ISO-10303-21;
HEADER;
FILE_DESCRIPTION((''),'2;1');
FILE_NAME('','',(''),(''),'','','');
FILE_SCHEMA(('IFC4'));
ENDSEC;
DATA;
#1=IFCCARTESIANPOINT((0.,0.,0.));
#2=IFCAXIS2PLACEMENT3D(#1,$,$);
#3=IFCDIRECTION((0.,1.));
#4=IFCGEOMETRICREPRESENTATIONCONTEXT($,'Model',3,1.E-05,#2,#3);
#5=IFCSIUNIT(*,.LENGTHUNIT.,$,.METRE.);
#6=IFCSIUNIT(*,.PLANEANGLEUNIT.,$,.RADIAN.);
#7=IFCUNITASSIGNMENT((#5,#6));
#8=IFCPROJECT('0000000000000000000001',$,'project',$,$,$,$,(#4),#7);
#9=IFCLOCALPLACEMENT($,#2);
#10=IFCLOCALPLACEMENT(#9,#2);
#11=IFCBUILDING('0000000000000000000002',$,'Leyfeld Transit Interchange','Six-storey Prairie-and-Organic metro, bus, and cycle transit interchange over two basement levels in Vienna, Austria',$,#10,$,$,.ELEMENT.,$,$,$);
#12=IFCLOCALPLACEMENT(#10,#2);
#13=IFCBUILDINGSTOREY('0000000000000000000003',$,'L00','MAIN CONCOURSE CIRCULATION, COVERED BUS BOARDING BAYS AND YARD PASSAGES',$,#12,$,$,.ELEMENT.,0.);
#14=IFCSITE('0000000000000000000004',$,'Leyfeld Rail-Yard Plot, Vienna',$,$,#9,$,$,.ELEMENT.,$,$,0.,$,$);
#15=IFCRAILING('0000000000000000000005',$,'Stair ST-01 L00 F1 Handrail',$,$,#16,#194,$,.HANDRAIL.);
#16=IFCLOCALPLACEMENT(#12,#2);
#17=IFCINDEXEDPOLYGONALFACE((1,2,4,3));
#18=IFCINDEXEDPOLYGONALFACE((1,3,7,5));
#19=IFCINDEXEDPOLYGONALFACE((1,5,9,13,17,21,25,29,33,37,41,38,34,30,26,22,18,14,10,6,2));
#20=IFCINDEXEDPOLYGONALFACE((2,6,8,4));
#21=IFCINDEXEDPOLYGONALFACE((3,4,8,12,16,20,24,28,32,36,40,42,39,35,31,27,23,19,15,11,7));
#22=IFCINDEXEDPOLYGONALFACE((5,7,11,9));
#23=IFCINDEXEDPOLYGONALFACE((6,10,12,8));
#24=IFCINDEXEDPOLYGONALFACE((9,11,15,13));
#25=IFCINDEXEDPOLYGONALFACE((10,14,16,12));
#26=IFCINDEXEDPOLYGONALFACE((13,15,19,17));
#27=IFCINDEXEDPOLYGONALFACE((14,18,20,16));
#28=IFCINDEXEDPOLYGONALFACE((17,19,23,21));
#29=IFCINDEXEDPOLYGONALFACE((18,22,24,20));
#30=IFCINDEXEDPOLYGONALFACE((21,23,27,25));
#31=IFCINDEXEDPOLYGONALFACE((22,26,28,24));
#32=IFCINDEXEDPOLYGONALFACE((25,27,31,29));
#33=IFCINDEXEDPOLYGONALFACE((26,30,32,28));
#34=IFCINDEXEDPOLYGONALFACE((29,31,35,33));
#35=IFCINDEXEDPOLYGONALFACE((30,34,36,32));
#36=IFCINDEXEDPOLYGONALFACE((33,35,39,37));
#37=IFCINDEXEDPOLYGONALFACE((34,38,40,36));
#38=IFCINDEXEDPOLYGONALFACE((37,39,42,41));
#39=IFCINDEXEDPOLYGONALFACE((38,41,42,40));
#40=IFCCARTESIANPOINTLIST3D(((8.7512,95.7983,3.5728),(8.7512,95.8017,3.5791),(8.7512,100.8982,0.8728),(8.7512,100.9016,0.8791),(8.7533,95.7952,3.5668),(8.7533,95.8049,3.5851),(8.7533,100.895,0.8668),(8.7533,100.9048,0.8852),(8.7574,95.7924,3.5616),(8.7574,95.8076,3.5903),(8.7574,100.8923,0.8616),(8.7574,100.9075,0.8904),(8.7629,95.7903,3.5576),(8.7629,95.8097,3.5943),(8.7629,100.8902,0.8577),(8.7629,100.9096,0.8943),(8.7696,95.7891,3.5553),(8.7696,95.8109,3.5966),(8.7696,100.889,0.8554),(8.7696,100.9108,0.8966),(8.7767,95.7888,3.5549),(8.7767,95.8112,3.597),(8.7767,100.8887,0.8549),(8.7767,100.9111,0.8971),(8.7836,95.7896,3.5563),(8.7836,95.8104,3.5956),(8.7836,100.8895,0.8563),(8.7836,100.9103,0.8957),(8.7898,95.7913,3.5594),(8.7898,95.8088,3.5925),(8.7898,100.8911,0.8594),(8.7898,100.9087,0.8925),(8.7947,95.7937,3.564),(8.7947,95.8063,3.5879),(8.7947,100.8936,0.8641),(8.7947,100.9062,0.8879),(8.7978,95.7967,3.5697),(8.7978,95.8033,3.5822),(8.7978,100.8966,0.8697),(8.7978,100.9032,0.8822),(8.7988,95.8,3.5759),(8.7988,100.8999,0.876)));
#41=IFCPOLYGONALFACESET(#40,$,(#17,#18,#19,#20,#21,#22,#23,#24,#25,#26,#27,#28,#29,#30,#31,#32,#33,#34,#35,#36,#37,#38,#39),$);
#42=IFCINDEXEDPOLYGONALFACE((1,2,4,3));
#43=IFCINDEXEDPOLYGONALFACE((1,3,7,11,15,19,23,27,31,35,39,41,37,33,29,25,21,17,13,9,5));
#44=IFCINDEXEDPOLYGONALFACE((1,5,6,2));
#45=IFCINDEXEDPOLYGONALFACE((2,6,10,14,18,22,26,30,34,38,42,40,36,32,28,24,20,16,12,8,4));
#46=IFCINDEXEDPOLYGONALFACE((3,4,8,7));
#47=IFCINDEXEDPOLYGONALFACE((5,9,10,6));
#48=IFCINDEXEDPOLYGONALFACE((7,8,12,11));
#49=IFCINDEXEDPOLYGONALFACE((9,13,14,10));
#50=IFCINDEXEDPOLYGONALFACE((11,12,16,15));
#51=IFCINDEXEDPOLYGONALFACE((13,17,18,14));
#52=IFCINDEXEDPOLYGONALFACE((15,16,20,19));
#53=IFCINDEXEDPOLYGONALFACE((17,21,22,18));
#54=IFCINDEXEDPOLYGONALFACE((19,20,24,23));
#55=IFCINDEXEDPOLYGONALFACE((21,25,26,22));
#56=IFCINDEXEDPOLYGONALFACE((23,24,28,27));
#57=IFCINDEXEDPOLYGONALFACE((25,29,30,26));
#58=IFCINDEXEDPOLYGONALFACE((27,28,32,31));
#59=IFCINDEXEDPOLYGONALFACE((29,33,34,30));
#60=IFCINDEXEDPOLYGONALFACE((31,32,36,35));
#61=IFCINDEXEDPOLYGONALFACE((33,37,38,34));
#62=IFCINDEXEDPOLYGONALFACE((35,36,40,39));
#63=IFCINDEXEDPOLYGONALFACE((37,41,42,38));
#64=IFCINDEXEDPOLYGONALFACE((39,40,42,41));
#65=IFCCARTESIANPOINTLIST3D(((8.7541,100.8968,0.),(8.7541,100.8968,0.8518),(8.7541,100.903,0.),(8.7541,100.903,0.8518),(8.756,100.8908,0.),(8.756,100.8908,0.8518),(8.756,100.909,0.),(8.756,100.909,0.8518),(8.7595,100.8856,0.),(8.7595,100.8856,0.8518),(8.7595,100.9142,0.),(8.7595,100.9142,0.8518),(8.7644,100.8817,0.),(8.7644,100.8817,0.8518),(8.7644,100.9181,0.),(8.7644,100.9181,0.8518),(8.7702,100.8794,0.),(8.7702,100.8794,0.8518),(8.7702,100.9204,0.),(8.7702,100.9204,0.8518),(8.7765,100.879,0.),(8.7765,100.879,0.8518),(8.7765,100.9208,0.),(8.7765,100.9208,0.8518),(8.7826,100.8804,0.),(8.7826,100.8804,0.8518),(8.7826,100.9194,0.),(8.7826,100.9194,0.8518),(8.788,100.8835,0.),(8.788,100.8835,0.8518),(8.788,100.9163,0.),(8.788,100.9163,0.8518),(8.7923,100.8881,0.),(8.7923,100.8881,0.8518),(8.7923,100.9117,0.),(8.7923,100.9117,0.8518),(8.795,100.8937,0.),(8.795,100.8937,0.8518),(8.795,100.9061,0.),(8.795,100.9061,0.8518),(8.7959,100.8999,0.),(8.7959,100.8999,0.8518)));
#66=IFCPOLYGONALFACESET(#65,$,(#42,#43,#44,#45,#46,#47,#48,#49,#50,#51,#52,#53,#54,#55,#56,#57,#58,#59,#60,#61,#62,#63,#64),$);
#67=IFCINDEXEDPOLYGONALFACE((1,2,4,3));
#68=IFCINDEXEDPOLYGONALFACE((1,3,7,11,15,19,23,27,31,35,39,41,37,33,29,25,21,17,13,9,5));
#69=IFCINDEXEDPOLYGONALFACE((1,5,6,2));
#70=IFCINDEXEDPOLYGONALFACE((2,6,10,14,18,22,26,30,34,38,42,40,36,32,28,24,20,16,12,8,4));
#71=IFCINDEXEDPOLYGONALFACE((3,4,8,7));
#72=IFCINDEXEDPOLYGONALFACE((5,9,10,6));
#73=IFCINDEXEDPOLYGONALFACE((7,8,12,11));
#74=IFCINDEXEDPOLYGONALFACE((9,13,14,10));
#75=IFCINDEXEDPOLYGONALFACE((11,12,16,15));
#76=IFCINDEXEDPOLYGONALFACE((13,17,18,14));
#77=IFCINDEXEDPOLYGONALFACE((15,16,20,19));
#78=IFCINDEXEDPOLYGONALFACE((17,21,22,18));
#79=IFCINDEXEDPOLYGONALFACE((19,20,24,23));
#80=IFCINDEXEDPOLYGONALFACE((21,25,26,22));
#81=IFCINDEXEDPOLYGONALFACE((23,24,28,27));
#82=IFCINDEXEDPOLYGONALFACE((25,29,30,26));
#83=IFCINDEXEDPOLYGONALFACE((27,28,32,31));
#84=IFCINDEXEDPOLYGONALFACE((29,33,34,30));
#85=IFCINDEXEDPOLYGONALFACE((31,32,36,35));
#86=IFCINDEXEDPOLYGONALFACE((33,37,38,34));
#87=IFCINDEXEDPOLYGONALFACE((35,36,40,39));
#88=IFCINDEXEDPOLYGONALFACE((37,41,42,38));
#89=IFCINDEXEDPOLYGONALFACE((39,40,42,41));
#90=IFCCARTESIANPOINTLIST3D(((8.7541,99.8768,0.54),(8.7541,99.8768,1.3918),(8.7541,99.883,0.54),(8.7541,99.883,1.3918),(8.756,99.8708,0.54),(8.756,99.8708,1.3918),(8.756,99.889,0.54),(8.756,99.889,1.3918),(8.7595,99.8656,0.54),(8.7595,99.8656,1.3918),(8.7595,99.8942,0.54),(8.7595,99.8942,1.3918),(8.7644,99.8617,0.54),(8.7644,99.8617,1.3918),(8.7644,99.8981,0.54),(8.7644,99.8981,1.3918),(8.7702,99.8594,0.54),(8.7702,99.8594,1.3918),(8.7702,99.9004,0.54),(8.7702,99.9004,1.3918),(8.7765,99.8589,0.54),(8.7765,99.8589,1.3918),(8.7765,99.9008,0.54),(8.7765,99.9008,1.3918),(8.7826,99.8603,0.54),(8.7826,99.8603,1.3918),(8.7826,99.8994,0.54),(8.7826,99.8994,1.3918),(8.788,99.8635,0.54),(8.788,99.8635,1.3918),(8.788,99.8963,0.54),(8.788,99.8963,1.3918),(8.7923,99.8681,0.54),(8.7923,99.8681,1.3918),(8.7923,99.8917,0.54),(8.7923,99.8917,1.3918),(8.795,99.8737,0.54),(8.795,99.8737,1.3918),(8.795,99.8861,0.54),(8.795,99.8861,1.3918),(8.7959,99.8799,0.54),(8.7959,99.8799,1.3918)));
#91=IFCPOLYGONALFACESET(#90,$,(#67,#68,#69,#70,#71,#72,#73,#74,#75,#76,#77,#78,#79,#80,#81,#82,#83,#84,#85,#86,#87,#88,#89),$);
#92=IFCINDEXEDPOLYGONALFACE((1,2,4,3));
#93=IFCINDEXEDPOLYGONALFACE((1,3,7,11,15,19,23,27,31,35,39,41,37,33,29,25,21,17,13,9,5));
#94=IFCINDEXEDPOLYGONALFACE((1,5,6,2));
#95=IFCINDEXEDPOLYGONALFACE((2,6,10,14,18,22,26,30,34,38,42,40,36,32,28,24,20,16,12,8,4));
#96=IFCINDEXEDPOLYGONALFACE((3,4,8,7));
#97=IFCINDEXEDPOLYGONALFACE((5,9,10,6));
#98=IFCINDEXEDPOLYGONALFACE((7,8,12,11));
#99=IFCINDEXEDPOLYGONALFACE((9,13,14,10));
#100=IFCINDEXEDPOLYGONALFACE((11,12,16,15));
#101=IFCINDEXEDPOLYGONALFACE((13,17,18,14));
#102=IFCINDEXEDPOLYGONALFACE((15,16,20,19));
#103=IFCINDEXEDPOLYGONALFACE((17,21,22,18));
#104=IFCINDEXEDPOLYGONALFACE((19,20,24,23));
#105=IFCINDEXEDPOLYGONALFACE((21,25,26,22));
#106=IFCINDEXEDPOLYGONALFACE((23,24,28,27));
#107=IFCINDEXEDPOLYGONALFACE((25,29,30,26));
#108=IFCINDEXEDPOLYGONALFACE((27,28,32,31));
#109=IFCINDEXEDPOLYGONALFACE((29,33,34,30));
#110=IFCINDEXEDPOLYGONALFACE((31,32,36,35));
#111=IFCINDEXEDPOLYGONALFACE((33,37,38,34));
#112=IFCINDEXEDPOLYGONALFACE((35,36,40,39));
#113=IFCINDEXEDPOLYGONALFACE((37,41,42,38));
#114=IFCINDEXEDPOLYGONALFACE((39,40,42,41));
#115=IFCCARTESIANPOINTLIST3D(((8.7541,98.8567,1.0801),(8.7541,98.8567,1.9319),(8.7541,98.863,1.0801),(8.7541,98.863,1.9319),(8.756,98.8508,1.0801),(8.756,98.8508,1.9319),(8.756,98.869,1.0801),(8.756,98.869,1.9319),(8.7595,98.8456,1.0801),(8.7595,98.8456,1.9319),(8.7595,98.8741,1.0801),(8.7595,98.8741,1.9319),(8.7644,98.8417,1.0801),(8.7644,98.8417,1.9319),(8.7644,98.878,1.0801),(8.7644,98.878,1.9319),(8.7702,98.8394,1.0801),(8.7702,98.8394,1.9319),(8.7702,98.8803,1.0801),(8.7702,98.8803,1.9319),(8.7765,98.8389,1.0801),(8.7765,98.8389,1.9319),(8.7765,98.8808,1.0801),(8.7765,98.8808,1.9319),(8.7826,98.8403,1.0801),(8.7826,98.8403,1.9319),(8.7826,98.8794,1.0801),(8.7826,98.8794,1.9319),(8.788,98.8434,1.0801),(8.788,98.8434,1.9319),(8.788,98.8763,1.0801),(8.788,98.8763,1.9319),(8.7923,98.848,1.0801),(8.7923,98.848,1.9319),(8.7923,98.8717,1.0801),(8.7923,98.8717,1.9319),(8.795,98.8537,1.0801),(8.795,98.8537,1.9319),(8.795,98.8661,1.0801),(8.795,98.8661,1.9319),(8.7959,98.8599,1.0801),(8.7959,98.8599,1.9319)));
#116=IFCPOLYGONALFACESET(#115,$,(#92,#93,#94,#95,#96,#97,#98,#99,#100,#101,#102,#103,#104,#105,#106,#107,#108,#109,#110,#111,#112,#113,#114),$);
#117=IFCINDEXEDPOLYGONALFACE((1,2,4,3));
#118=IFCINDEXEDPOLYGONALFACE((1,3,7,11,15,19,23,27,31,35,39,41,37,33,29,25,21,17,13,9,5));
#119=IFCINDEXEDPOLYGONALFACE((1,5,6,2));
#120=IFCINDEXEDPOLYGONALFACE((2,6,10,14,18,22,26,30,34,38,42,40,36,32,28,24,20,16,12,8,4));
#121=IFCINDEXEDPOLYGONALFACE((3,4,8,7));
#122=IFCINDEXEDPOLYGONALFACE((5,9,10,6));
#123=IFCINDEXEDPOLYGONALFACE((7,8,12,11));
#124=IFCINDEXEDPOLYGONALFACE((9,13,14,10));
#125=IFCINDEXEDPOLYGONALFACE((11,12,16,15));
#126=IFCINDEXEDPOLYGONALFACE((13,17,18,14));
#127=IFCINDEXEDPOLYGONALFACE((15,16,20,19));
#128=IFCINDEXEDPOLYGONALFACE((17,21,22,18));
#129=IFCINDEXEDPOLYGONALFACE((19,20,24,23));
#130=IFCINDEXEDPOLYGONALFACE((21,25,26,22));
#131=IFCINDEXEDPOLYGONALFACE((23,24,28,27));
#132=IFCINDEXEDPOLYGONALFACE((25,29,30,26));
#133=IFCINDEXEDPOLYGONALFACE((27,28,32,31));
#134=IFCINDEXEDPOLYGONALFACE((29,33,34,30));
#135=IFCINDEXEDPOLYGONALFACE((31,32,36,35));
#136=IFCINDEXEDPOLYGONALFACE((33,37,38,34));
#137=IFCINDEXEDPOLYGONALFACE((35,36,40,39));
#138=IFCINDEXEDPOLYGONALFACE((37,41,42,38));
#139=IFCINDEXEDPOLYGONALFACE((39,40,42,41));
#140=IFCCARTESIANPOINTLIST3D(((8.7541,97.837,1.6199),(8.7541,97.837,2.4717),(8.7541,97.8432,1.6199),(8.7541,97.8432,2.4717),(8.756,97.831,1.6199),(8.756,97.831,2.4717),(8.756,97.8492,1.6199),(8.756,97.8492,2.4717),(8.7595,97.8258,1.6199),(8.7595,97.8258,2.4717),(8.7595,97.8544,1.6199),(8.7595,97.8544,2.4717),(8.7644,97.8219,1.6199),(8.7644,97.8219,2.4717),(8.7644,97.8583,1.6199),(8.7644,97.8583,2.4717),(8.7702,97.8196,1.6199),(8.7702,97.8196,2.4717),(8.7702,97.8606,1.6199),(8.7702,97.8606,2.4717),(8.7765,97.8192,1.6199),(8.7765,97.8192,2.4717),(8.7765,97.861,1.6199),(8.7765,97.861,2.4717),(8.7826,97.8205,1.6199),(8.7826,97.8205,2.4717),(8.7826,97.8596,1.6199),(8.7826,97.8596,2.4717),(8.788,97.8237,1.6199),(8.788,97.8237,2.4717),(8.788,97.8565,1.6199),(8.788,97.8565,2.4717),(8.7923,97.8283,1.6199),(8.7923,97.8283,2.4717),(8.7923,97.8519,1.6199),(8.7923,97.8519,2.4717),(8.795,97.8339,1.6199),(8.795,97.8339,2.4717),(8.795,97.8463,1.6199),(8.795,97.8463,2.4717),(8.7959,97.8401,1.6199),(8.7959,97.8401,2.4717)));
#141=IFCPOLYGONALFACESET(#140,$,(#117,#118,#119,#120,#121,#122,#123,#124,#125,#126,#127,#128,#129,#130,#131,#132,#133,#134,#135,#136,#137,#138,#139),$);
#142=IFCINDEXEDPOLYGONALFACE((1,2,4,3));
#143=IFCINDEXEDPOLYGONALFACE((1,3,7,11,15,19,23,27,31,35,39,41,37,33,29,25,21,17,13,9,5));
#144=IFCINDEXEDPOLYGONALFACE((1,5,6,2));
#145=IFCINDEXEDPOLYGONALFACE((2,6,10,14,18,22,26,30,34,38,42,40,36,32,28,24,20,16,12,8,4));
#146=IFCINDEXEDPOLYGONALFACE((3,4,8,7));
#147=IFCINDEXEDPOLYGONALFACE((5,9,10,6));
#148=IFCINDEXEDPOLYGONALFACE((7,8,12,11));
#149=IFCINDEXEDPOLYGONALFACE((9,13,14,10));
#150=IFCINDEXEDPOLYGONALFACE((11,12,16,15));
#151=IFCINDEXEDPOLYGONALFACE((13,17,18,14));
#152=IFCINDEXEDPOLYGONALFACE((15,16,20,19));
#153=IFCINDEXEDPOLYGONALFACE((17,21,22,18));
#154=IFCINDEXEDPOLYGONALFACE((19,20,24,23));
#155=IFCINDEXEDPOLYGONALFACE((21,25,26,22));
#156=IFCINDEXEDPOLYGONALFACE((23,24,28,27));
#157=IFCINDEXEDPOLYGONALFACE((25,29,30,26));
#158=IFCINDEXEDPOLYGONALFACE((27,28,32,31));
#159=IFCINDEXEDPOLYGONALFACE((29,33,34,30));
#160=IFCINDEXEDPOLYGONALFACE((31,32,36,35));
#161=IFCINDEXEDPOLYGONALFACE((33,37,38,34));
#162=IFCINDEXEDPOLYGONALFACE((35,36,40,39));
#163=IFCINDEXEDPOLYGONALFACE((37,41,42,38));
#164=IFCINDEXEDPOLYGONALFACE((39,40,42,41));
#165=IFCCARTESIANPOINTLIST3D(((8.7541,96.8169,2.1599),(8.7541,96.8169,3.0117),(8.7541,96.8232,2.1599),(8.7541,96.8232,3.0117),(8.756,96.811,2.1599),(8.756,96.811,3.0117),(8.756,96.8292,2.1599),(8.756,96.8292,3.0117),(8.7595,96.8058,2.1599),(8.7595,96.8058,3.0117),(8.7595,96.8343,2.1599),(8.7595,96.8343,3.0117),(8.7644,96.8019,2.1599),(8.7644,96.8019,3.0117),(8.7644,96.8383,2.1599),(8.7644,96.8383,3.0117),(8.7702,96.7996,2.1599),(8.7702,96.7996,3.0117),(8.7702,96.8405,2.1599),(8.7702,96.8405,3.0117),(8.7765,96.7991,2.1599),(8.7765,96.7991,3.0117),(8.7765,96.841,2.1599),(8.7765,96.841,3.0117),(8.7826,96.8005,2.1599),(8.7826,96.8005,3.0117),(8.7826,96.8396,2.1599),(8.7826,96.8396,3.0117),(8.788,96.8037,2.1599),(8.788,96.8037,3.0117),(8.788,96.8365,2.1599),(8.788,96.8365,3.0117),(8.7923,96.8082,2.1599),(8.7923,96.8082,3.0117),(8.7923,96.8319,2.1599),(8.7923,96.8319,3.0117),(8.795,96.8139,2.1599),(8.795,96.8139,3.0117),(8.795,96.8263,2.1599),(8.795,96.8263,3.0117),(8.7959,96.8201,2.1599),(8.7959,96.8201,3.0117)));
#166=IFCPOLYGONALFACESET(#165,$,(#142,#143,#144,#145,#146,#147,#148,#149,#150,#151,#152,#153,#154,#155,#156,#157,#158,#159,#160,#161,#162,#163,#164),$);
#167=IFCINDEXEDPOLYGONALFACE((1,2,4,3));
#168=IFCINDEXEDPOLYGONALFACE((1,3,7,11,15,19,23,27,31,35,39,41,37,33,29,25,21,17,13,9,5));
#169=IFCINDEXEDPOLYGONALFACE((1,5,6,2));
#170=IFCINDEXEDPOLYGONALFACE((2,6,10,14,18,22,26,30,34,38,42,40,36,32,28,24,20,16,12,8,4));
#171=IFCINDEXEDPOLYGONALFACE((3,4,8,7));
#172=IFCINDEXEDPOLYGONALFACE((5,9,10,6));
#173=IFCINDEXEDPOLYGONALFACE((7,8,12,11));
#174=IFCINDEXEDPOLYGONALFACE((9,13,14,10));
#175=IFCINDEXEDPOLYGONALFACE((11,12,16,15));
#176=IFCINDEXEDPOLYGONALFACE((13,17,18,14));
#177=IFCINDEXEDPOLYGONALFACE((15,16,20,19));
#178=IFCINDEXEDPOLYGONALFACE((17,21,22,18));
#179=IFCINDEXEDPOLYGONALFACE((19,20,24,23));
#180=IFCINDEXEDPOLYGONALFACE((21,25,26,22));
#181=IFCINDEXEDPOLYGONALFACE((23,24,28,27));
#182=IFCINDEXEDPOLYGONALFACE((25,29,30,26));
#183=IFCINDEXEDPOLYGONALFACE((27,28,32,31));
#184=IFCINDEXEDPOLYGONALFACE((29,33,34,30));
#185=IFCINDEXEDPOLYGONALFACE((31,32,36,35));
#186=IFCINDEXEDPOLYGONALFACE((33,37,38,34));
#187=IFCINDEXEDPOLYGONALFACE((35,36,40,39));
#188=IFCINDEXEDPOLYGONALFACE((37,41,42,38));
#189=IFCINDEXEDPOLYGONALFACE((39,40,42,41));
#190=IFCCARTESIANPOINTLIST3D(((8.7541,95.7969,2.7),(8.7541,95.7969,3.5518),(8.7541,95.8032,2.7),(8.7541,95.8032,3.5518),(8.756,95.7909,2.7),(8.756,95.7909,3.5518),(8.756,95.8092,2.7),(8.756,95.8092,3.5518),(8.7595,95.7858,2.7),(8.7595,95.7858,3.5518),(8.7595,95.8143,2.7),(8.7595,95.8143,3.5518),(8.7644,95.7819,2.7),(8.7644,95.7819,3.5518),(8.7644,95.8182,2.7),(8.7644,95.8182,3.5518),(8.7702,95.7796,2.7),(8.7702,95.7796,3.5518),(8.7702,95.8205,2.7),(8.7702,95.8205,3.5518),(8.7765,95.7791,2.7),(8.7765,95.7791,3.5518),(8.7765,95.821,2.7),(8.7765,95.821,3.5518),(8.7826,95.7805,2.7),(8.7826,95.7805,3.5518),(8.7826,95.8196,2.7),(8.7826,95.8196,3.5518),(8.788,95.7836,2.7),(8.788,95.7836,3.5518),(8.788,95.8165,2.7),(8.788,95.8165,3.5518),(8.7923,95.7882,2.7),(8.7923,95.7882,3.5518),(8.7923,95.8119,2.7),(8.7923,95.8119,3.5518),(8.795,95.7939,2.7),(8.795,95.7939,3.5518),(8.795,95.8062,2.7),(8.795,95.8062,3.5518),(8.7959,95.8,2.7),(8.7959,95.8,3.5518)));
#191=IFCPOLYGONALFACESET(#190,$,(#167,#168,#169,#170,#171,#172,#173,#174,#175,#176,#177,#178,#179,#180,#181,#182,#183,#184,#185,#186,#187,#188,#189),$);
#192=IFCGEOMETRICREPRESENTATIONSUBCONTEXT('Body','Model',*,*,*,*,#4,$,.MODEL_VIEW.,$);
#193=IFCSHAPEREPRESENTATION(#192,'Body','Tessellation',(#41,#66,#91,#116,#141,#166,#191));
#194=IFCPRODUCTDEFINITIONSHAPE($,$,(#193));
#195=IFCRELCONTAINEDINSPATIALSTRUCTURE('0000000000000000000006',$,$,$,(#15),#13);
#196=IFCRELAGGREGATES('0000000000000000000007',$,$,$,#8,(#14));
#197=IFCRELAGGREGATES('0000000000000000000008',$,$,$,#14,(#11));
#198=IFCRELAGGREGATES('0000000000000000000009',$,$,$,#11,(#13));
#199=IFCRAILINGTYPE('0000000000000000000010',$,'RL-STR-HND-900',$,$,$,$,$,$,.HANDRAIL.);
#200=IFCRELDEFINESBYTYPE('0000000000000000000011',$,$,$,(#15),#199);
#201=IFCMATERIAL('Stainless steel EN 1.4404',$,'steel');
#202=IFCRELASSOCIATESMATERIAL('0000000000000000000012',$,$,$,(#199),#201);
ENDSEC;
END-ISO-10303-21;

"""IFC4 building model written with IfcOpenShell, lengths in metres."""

from ifc_helpers import new_model, si_unit, direction, frame, origin, origin_2d, place, context, subcontext, project, spatial, circle, extrude, material, type_object, element, save


model = new_model("IFC4")

# Units and contexts
model_context = context("Model", 3, precision=1e-05, world=origin(), true_north=direction((0.0, 1.0)))
body_context = subcontext(model_context, "Body", "Model", "MODEL_VIEW")
ifc_project = project(units=[si_unit("LENGTHUNIT", "METRE"), si_unit("PLANEANGLEUNIT", "RADIAN")], contexts=[model_context])

# Site, building, storey
site_placement = place(None, origin())
site = spatial("IfcSite", under=ifc_project, at=site_placement, Name="Leyfeld Rail-Yard Plot, Vienna", CompositionType="ELEMENT", RefElevation=0.0)
building_placement = place(site_placement, origin())
building = spatial("IfcBuilding", under=site, at=building_placement, Name="Leyfeld Transit Interchange", Description="Six-storey Prairie-and-Organic metro, bus, and cycle transit interchange over two basement levels in Vienna, Austria", CompositionType="ELEMENT")
storey_placement = place(building_placement, origin())
storey = spatial("IfcBuildingStorey", under=building, at=storey_placement, Name="L00", Description="MAIN CONCOURSE CIRCULATION, COVERED BUS BOARDING BAYS AND YARD PASSAGES", CompositionType="ELEMENT", Elevation=0.0)

# Shared definitions
ifc_material_1 = material(Name="Stainless steel EN 1.4404", Category="steel")

# Railing
railing_type_1 = type_object("IfcRailingType", Name="RL-STR-HND-900", PredefinedType="HANDRAIL", material=ifc_material_1)
railing_1_placement = place(storey_placement, frame((8.7749, 100.8999, 0.0)))
element("IfcRailing", 1, at=railing_1_placement, inside=storey, type_object=railing_type_1, Name="Stair ST-01 L00 F1 Handrail", PredefinedType="HANDRAIL", context=body_context, shape_type="SweptSolid", body=[
    extrude(circle(Radius=0.0239, at=origin_2d()), frame((0.0, 0.0, 0.876), z_axis=(0.0, -0.883786, 0.467892), x_axis=(1.0, 0.0, 0.0)), (0.0, 0.0, 1.0), 5.7705),
    extrude(circle(Radius=0.021, at=origin_2d()), origin(), (0.0, 0.0, 1.0), 0.8518),
    extrude(circle(Radius=0.021, at=origin_2d()), frame((0.0, -1.02, 0.54)), (0.0, 0.0, 1.0), 0.8518),
    extrude(circle(Radius=0.021, at=origin_2d()), frame((0.0, -2.04, 1.0801)), (0.0, 0.0, 1.0), 0.8518),
    extrude(circle(Radius=0.021, at=origin_2d()), frame((0.0, -3.0598, 1.6199)), (0.0, 0.0, 1.0), 0.8518),
    extrude(circle(Radius=0.021, at=origin_2d()), frame((0.0, -4.0798, 2.1599)), (0.0, 0.0, 1.0), 0.8518),
    extrude(circle(Radius=0.021, at=origin_2d()), frame((0.0, -5.0999, 2.7)), (0.0, 0.0, 1.0), 0.8518),
])

save(model, "model.ifc")
